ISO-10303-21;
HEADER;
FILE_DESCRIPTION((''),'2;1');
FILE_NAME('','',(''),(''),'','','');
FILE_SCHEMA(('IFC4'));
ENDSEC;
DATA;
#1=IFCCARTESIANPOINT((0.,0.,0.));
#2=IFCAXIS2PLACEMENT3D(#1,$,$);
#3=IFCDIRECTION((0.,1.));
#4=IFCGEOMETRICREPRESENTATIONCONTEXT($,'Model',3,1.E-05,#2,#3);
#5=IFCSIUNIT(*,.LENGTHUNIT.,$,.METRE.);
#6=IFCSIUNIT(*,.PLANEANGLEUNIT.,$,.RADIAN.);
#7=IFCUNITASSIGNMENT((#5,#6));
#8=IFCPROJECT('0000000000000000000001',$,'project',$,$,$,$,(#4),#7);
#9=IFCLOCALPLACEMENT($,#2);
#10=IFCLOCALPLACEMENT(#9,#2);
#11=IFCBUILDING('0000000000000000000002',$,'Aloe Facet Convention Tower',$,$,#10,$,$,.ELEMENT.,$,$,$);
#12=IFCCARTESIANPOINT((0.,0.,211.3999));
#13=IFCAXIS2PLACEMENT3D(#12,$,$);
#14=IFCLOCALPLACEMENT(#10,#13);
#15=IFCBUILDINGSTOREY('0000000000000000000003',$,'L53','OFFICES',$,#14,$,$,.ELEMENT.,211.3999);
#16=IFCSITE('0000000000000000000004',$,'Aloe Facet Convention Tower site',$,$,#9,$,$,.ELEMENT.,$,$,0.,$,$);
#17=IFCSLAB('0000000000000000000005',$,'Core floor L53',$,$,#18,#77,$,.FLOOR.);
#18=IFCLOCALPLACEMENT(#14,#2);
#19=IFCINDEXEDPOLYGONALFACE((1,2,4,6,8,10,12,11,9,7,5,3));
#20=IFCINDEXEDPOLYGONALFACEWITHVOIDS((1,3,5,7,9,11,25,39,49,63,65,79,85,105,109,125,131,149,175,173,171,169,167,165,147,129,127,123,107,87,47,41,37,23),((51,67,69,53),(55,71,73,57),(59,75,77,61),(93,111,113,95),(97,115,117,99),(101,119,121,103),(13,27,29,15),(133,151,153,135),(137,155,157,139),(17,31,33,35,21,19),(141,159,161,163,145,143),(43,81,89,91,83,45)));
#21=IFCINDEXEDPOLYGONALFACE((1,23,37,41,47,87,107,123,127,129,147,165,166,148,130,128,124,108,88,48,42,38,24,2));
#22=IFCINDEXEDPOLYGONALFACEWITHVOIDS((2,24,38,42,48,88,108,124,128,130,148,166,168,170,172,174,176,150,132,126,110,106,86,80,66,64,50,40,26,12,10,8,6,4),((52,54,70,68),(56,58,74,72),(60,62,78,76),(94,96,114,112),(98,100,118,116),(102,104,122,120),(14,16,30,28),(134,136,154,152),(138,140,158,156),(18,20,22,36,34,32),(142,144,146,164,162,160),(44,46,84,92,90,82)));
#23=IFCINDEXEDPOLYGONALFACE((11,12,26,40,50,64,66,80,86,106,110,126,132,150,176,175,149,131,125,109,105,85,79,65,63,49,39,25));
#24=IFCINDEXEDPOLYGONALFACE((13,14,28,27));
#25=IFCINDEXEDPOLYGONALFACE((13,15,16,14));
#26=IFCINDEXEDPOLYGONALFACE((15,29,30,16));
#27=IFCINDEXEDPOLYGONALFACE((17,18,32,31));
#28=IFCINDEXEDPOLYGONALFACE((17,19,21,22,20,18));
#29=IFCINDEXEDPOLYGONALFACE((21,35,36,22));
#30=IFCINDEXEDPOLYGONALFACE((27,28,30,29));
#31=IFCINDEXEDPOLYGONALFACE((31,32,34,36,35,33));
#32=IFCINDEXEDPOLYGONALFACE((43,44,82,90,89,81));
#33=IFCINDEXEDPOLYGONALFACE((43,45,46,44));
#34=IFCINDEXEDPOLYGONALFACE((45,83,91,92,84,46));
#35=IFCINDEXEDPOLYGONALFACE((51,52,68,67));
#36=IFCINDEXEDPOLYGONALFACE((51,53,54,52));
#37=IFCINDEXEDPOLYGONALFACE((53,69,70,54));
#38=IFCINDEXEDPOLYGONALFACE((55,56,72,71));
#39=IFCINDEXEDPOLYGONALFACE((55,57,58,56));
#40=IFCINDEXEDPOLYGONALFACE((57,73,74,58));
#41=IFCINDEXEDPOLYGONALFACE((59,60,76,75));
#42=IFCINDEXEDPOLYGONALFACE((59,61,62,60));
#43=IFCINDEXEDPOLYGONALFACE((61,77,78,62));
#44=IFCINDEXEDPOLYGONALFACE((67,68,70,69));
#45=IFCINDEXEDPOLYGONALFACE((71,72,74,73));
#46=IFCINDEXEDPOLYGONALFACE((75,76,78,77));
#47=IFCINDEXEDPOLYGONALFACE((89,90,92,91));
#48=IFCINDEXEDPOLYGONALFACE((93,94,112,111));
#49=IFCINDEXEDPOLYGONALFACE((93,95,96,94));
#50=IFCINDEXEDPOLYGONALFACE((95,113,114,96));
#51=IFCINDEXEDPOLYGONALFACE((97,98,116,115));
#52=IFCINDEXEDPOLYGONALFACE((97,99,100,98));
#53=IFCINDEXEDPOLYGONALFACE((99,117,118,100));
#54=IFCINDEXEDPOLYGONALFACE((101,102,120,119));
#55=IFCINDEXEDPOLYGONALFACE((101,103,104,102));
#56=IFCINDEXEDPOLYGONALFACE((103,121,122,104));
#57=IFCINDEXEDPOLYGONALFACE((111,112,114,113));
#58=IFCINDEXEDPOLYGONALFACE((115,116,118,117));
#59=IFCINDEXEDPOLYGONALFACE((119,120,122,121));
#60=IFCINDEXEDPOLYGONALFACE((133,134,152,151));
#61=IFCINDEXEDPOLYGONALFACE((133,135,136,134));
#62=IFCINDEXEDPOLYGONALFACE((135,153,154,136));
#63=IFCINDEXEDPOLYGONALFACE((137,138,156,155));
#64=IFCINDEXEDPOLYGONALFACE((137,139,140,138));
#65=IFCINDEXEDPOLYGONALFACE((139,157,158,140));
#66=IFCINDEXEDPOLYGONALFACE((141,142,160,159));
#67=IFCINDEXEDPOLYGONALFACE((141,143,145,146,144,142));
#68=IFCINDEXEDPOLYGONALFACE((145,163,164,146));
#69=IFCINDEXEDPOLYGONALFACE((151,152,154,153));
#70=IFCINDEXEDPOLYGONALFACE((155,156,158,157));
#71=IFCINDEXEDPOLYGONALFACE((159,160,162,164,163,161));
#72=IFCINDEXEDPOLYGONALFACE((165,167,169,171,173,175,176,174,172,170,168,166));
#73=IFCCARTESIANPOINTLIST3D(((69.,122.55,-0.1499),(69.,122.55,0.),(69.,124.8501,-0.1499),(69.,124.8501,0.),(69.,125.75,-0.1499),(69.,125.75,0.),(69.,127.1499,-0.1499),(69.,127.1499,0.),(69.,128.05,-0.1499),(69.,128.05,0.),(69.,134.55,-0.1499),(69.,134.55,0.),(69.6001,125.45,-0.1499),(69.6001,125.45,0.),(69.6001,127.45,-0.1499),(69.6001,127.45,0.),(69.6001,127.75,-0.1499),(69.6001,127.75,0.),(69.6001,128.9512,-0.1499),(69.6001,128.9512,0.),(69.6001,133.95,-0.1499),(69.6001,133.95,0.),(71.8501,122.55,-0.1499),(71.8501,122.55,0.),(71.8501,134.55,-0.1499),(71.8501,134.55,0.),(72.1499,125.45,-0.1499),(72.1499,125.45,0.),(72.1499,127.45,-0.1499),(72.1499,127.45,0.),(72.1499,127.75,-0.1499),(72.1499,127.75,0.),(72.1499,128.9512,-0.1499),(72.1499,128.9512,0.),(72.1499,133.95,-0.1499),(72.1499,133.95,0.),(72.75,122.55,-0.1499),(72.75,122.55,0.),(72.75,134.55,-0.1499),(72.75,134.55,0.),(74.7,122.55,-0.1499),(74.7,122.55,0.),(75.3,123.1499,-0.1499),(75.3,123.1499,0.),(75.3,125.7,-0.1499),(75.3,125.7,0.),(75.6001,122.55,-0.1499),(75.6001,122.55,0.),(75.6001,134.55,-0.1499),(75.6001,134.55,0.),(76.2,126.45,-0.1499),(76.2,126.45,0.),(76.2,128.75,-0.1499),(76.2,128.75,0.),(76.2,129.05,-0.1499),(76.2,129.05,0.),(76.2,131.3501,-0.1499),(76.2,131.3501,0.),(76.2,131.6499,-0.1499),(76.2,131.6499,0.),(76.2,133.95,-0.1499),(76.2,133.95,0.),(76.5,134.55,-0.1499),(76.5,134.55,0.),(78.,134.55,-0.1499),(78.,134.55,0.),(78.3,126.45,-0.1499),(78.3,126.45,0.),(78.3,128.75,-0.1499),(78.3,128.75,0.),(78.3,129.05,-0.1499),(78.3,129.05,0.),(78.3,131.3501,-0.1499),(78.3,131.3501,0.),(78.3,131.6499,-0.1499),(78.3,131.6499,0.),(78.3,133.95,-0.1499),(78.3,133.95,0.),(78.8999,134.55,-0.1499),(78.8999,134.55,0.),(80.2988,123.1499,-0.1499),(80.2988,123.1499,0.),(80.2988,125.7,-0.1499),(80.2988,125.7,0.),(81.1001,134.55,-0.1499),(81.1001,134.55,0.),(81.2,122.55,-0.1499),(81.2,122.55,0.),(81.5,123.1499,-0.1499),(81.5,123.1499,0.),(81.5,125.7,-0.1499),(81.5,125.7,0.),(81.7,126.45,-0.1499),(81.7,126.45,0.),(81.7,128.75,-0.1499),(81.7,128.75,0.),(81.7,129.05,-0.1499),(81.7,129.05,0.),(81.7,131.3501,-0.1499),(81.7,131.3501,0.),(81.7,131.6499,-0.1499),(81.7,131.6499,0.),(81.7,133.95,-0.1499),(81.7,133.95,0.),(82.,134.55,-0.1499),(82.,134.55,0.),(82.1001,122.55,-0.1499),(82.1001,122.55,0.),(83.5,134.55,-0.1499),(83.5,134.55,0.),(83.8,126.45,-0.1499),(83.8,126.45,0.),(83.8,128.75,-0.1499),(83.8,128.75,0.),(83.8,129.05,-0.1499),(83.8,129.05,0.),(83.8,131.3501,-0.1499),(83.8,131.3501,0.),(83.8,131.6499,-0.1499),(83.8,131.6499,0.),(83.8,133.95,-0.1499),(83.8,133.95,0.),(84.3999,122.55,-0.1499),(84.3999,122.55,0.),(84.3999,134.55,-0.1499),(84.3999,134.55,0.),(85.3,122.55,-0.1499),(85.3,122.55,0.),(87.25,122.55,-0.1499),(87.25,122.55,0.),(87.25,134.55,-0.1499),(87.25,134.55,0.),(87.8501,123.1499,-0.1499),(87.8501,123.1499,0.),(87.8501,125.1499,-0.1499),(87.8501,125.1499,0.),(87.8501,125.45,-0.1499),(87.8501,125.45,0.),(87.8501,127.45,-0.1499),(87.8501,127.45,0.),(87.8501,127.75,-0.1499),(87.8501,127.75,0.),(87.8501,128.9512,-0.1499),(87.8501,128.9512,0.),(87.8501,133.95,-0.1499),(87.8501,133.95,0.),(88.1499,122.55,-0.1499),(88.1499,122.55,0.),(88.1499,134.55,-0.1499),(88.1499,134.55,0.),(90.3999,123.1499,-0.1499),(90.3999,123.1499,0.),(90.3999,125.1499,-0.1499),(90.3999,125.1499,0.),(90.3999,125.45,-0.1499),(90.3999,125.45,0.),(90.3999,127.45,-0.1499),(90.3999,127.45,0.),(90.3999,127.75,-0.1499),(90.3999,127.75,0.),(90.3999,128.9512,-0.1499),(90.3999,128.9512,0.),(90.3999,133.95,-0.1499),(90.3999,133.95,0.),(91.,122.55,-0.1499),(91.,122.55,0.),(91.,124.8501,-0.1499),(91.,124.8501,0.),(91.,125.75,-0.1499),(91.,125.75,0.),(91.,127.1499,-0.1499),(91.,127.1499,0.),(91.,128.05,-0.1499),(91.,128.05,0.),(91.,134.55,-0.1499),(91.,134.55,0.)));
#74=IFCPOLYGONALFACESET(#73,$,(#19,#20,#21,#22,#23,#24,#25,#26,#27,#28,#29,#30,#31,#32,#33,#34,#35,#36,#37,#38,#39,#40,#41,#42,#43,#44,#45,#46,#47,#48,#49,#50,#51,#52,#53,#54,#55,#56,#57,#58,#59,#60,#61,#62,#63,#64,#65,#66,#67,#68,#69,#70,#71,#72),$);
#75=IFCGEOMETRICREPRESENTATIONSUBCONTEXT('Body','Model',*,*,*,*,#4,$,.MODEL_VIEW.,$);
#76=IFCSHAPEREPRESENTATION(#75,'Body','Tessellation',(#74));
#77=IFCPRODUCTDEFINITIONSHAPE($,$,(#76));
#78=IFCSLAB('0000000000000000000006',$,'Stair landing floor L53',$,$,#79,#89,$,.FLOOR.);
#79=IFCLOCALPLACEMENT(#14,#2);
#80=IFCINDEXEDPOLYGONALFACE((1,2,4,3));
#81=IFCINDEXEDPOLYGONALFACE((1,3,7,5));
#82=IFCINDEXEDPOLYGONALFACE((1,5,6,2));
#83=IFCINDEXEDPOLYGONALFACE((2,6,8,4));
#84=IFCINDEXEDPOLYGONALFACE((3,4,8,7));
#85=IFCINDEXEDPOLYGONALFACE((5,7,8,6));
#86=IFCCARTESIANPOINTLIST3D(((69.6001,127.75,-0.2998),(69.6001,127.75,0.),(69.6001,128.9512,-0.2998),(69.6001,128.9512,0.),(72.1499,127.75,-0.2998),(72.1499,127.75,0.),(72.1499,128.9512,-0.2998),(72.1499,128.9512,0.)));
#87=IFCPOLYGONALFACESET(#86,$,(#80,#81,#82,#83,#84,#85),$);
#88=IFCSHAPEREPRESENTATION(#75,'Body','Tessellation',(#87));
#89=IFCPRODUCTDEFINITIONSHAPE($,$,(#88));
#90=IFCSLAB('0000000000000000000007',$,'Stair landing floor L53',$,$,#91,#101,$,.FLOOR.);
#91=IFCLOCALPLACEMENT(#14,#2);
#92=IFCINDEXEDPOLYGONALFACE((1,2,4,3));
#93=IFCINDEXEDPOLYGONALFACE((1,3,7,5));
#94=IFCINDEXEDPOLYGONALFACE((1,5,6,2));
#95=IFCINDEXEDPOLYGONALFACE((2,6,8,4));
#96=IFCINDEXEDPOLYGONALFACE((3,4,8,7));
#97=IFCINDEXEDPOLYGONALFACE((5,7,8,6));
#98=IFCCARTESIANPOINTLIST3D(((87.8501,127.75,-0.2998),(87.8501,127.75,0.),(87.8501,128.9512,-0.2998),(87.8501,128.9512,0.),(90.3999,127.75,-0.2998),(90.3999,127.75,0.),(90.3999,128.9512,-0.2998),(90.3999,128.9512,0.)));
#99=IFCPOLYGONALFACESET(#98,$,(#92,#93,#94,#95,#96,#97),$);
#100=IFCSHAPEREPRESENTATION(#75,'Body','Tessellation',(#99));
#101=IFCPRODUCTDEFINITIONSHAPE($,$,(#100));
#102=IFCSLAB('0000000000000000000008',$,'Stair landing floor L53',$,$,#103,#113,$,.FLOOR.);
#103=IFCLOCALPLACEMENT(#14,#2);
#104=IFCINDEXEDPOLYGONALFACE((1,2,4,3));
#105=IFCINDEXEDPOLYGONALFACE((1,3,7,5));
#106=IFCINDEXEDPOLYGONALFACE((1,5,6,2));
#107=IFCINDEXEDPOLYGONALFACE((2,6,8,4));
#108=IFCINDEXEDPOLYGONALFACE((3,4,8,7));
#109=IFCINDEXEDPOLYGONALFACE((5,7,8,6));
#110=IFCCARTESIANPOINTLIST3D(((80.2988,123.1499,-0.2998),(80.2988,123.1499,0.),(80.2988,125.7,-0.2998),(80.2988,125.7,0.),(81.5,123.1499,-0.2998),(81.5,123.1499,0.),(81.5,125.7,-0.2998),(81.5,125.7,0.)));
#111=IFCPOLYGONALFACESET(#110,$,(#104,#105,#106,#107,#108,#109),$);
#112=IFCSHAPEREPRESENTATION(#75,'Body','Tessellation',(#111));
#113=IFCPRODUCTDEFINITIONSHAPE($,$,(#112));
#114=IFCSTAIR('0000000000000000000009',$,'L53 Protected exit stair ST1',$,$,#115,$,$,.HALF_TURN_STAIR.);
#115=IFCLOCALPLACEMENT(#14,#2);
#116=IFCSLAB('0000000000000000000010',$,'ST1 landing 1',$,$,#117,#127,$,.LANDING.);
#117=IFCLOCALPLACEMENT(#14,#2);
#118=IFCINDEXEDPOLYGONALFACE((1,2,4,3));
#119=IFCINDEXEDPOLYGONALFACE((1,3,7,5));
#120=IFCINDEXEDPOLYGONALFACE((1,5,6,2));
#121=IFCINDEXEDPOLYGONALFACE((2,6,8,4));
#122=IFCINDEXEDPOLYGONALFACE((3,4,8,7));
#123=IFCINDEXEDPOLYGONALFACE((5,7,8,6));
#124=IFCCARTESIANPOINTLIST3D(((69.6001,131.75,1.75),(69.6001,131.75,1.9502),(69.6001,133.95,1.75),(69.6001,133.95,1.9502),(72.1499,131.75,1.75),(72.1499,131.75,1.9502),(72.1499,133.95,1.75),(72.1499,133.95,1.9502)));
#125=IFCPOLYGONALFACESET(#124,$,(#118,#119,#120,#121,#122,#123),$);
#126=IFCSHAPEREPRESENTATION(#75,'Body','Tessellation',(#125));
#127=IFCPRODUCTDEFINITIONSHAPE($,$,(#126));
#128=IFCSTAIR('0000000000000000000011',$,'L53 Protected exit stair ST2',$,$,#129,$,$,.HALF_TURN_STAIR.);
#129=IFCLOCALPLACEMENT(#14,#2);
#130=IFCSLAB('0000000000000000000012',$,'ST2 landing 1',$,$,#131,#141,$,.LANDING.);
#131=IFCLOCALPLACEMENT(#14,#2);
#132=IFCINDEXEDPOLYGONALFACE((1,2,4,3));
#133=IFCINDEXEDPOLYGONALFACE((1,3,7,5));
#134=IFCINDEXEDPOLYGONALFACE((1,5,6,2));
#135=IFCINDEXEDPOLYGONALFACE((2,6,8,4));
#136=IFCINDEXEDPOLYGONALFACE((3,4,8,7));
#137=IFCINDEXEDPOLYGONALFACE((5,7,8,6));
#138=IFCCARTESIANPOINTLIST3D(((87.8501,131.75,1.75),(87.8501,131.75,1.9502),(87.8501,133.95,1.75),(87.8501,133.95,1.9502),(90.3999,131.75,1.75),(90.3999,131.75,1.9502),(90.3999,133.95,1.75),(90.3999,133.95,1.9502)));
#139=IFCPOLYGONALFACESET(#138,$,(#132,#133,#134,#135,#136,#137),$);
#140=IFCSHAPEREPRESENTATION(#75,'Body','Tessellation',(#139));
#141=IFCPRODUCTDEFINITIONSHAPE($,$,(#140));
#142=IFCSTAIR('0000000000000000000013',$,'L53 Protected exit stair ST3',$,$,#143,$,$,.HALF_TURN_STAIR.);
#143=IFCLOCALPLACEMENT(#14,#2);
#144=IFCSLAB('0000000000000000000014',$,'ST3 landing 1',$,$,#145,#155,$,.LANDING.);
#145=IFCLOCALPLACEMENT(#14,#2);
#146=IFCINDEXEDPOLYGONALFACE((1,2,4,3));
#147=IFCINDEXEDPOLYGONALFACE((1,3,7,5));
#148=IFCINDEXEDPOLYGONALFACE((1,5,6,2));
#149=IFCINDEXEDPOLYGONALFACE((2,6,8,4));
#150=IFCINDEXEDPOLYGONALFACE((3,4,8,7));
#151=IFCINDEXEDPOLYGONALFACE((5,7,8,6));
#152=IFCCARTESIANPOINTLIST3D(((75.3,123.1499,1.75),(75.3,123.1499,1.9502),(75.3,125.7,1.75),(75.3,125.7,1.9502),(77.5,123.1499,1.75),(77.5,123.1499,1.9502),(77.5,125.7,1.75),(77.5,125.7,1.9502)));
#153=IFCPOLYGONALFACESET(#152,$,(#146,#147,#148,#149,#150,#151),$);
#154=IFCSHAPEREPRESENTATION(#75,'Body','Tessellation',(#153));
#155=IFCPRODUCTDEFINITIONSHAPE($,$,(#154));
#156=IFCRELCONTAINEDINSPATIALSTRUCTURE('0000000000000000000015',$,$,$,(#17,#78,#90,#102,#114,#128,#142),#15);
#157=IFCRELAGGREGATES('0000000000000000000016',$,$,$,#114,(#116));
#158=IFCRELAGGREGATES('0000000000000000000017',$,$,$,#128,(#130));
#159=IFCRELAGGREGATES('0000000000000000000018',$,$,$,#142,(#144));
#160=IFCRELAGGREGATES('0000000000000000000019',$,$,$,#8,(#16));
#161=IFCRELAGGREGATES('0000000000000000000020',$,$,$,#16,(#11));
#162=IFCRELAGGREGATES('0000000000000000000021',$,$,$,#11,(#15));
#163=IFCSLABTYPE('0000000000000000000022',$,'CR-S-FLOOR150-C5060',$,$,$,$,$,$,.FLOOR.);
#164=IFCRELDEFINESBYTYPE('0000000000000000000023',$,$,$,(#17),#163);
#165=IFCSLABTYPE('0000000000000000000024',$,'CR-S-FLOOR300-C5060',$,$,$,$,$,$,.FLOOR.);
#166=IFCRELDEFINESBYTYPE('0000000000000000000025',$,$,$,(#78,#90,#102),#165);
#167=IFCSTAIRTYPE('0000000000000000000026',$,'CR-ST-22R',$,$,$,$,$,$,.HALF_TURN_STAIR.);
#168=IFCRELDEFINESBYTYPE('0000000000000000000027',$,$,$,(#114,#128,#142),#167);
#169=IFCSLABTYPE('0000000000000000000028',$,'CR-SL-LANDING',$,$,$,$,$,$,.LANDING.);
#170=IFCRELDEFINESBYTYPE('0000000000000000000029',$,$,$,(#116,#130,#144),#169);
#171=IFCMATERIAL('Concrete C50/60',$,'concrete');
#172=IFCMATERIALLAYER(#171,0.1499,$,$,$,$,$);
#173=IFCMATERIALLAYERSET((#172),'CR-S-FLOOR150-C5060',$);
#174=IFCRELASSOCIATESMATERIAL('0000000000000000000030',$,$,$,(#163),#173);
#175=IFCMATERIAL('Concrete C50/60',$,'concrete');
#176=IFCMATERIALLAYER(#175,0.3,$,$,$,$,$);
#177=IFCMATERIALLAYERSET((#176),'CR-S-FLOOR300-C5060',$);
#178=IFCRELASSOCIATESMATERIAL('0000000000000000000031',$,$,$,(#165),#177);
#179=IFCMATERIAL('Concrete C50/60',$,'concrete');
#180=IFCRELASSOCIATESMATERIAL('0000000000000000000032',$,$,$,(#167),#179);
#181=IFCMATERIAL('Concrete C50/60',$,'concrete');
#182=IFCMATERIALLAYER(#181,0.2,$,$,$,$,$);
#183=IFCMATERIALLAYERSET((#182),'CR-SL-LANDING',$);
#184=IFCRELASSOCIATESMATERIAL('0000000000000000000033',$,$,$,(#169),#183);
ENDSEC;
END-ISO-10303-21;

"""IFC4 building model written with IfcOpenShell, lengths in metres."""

from ifc_helpers import new_model, si_unit, direction, frame, origin, place, context, subcontext, project, spatial, polyline, outline, extrude, material, layer, layer_set, type_object, element, aggregate, save


model = new_model("IFC4")

# Units and contexts
model_context = context("Model", 3, precision=1e-05, world=origin(), true_north=direction((0.0, 1.0)))
body_context = subcontext(model_context, "Body", "Model", "MODEL_VIEW")
ifc_project = project(units=[si_unit("LENGTHUNIT", "METRE"), si_unit("PLANEANGLEUNIT", "RADIAN")], contexts=[model_context])

# Site, building, storey
site_placement = place(None, origin())
site = spatial("IfcSite", under=ifc_project, at=site_placement, Name="Aloe Facet Convention Tower site", CompositionType="ELEMENT", RefElevation=0.0)
building_placement = place(site_placement, origin())
building = spatial("IfcBuilding", under=site, at=building_placement, Name="Aloe Facet Convention Tower", CompositionType="ELEMENT")
storey_placement = place(building_placement, frame((0.0, 0.0, 211.3999)))
storey = spatial("IfcBuildingStorey", under=building, at=storey_placement, Name="L53", Description="OFFICES", CompositionType="ELEMENT", Elevation=211.3999)

# Slabs
ifc_material_1 = material(Name="Concrete C50/60", Category="concrete")
ifc_layer_1 = layer(ifc_material_1, 0.1499)
ifc_layer_set_1 = layer_set([ifc_layer_1], Name="CR-S-FLOOR150-C5060")
slab_type_1 = type_object("IfcSlabType", Name="CR-S-FLOOR150-C5060", PredefinedType="FLOOR", material=ifc_layer_set_1)
slab_1_placement = place(storey_placement, frame((0.0, 0.0, -0.1499)))
element("IfcSlab", 1, at=slab_1_placement, inside=storey, type_object=slab_type_1, Name="Core floor L53", PredefinedType="FLOOR", context=body_context, shape_type="SweptSolid", body=[
    extrude(outline(polyline([(71.8501, 134.55), (72.75, 134.55), (75.6001, 134.55), (76.5, 134.55), (78.0, 134.55), (78.8999, 134.55), (81.1001, 134.55), (82.0, 134.55), (83.5, 134.55), (84.3999, 134.55), (87.25, 134.55), (88.1499, 134.55), (91.0, 134.55), (91.0, 128.05), (91.0, 127.1499), (91.0, 125.75), (91.0, 124.8501), (91.0, 122.55), (88.1499, 122.55), (87.25, 122.55), (85.3, 122.55), (84.3999, 122.55), (82.1001, 122.55), (81.2, 122.55), (75.6001, 122.55), (74.7, 122.55), (72.75, 122.55), (71.8501, 122.55), (69.0, 122.55), (69.0, 124.8501), (69.0, 125.75), (69.0, 127.1499), (69.0, 128.05), (69.0, 134.55), (71.8501, 134.55)]), holes=[polyline([(80.2988, 123.1499), (81.5, 123.1499), (81.5, 125.7), (80.2988, 125.7), (75.3, 125.7), (75.3, 123.1499), (80.2988, 123.1499)]), polyline([(69.6001, 125.45), (72.1499, 125.45), (72.1499, 127.45), (69.6001, 127.45), (69.6001, 125.45)]), polyline([(76.2, 126.45), (78.3, 126.45), (78.3, 128.75), (76.2, 128.75), (76.2, 126.45)]), polyline([(78.3, 129.05), (78.3, 131.3501), (76.2, 131.3501), (76.2, 129.05), (78.3, 129.05)]), polyline([(69.6001, 133.95), (69.6001, 128.9512), (69.6001, 127.75), (72.1499, 127.75), (72.1499, 128.9512), (72.1499, 133.95), (69.6001, 133.95)]), polyline([(76.2, 131.6499), (78.3, 131.6499), (78.3, 133.95), (76.2, 133.95), (76.2, 131.6499)]), polyline([(90.3999, 123.1499), (90.3999, 125.1499), (87.8501, 125.1499), (87.8501, 123.1499), (90.3999, 123.1499)]), polyline([(87.8501, 125.45), (90.3999, 125.45), (90.3999, 127.45), (87.8501, 127.45), (87.8501, 125.45)]), polyline([(81.7, 126.45), (83.8, 126.45), (83.8, 128.75), (81.7, 128.75), (81.7, 126.45)]), polyline([(83.8, 129.05), (83.8, 131.3501), (81.7, 131.3501), (81.7, 129.05), (83.8, 129.05)]), polyline([(87.8501, 133.95), (87.8501, 128.9512), (87.8501, 127.75), (90.3999, 127.75), (90.3999, 128.9512), (90.3999, 133.95), (87.8501, 133.95)]), polyline([(81.7, 131.6499), (83.8, 131.6499), (83.8, 133.95), (81.7, 133.95), (81.7, 131.6499)])]), origin(), (0.0, 0.0, 1.0), 0.1499),
])
ifc_material_2 = material(Name="Concrete C50/60", Category="concrete")
ifc_layer_2 = layer(ifc_material_2, 0.3)
ifc_layer_set_2 = layer_set([ifc_layer_2], Name="CR-S-FLOOR300-C5060")
slab_type_2 = type_object("IfcSlabType", Name="CR-S-FLOOR300-C5060", PredefinedType="FLOOR", material=ifc_layer_set_2)
slab_2_placement = place(storey_placement, frame((0.0, 0.0, -0.2998)))
element("IfcSlab", 2, at=slab_2_placement, inside=storey, type_object=slab_type_2, Name="Stair landing floor L53", PredefinedType="FLOOR", context=body_context, shape_type="SweptSolid", body=[
    extrude(outline(polyline([(72.1499, 127.75), (72.1499, 128.9512), (69.6001, 128.9512), (69.6001, 127.75), (72.1499, 127.75)])), origin(), (0.0, 0.0, 1.0), 0.2998),
])
slab_3_placement = place(storey_placement, frame((0.0, 0.0, -0.2998)))
element("IfcSlab", 3, at=slab_3_placement, inside=storey, type_object=slab_type_2, Name="Stair landing floor L53", PredefinedType="FLOOR", context=body_context, shape_type="SweptSolid", body=[
    extrude(outline(polyline([(90.3999, 127.75), (90.3999, 128.9512), (87.8501, 128.9512), (87.8501, 127.75), (90.3999, 127.75)])), origin(), (0.0, 0.0, 1.0), 0.2998),
])
slab_4_placement = place(storey_placement, frame((0.0, 0.0, -0.2998)))
element("IfcSlab", 4, at=slab_4_placement, inside=storey, type_object=slab_type_2, Name="Stair landing floor L53", PredefinedType="FLOOR", context=body_context, shape_type="SweptSolid", body=[
    extrude(outline(polyline([(81.5, 125.7), (80.2988, 125.7), (80.2988, 123.1499), (81.5, 123.1499), (81.5, 125.7)])), origin(), (0.0, 0.0, 1.0), 0.2998),
])

# Stairs, slabs
ifc_material_3 = material(Name="Concrete C50/60", Category="concrete")
stair_type = type_object("IfcStairType", Name="CR-ST-22R", PredefinedType="HALF_TURN_STAIR", material=ifc_material_3)
stair_1_placement = place(storey_placement, origin())
stair_1 = element("IfcStair", 5, at=stair_1_placement, inside=storey, type_object=stair_type, Name="L53 Protected exit stair ST1", PredefinedType="HALF_TURN_STAIR")
ifc_material_4 = material(Name="Concrete C50/60", Category="concrete")
ifc_layer_3 = layer(ifc_material_4, 0.2)
ifc_layer_set_3 = layer_set([ifc_layer_3], Name="CR-SL-LANDING")
slab_type_3 = type_object("IfcSlabType", Name="CR-SL-LANDING", PredefinedType="LANDING", material=ifc_layer_set_3)
slab_5_placement = place(storey_placement, frame((0.0, 0.0, 1.75)))
slab_5 = element("IfcSlab", 6, at=slab_5_placement, type_object=slab_type_3, Name="ST1 landing 1", PredefinedType="LANDING", context=body_context, shape_type="SweptSolid", body=[
    extrude(outline(polyline([(72.1499, 131.75), (72.1499, 133.95), (69.6001, 133.95), (69.6001, 131.75), (72.1499, 131.75)])), origin(), (0.0, 0.0, 1.0), 0.2002),
])
aggregate(stair_1, [slab_5])
stair_2_placement = place(storey_placement, origin())
stair_2 = element("IfcStair", 7, at=stair_2_placement, inside=storey, type_object=stair_type, Name="L53 Protected exit stair ST2", PredefinedType="HALF_TURN_STAIR")
slab_6_placement = place(storey_placement, frame((0.0, 0.0, 1.75)))
slab_6 = element("IfcSlab", 8, at=slab_6_placement, type_object=slab_type_3, Name="ST2 landing 1", PredefinedType="LANDING", context=body_context, shape_type="SweptSolid", body=[
    extrude(outline(polyline([(90.3999, 131.75), (90.3999, 133.95), (87.8501, 133.95), (87.8501, 131.75), (90.3999, 131.75)])), origin(), (0.0, 0.0, 1.0), 0.2002),
])
aggregate(stair_2, [slab_6])
stair_3_placement = place(storey_placement, origin())
stair_3 = element("IfcStair", 9, at=stair_3_placement, inside=storey, type_object=stair_type, Name="L53 Protected exit stair ST3", PredefinedType="HALF_TURN_STAIR")
slab_7_placement = place(storey_placement, frame((0.0, 0.0, 1.75)))
slab_7 = element("IfcSlab", 10, at=slab_7_placement, type_object=slab_type_3, Name="ST3 landing 1", PredefinedType="LANDING", context=body_context, shape_type="SweptSolid", body=[
    extrude(outline(polyline([(77.5, 125.7), (75.3, 125.7), (75.3, 123.1499), (77.5, 123.1499), (77.5, 125.7)])), origin(), (0.0, 0.0, 1.0), 0.2002),
])
aggregate(stair_3, [slab_7])

save(model, "model.ifc")
